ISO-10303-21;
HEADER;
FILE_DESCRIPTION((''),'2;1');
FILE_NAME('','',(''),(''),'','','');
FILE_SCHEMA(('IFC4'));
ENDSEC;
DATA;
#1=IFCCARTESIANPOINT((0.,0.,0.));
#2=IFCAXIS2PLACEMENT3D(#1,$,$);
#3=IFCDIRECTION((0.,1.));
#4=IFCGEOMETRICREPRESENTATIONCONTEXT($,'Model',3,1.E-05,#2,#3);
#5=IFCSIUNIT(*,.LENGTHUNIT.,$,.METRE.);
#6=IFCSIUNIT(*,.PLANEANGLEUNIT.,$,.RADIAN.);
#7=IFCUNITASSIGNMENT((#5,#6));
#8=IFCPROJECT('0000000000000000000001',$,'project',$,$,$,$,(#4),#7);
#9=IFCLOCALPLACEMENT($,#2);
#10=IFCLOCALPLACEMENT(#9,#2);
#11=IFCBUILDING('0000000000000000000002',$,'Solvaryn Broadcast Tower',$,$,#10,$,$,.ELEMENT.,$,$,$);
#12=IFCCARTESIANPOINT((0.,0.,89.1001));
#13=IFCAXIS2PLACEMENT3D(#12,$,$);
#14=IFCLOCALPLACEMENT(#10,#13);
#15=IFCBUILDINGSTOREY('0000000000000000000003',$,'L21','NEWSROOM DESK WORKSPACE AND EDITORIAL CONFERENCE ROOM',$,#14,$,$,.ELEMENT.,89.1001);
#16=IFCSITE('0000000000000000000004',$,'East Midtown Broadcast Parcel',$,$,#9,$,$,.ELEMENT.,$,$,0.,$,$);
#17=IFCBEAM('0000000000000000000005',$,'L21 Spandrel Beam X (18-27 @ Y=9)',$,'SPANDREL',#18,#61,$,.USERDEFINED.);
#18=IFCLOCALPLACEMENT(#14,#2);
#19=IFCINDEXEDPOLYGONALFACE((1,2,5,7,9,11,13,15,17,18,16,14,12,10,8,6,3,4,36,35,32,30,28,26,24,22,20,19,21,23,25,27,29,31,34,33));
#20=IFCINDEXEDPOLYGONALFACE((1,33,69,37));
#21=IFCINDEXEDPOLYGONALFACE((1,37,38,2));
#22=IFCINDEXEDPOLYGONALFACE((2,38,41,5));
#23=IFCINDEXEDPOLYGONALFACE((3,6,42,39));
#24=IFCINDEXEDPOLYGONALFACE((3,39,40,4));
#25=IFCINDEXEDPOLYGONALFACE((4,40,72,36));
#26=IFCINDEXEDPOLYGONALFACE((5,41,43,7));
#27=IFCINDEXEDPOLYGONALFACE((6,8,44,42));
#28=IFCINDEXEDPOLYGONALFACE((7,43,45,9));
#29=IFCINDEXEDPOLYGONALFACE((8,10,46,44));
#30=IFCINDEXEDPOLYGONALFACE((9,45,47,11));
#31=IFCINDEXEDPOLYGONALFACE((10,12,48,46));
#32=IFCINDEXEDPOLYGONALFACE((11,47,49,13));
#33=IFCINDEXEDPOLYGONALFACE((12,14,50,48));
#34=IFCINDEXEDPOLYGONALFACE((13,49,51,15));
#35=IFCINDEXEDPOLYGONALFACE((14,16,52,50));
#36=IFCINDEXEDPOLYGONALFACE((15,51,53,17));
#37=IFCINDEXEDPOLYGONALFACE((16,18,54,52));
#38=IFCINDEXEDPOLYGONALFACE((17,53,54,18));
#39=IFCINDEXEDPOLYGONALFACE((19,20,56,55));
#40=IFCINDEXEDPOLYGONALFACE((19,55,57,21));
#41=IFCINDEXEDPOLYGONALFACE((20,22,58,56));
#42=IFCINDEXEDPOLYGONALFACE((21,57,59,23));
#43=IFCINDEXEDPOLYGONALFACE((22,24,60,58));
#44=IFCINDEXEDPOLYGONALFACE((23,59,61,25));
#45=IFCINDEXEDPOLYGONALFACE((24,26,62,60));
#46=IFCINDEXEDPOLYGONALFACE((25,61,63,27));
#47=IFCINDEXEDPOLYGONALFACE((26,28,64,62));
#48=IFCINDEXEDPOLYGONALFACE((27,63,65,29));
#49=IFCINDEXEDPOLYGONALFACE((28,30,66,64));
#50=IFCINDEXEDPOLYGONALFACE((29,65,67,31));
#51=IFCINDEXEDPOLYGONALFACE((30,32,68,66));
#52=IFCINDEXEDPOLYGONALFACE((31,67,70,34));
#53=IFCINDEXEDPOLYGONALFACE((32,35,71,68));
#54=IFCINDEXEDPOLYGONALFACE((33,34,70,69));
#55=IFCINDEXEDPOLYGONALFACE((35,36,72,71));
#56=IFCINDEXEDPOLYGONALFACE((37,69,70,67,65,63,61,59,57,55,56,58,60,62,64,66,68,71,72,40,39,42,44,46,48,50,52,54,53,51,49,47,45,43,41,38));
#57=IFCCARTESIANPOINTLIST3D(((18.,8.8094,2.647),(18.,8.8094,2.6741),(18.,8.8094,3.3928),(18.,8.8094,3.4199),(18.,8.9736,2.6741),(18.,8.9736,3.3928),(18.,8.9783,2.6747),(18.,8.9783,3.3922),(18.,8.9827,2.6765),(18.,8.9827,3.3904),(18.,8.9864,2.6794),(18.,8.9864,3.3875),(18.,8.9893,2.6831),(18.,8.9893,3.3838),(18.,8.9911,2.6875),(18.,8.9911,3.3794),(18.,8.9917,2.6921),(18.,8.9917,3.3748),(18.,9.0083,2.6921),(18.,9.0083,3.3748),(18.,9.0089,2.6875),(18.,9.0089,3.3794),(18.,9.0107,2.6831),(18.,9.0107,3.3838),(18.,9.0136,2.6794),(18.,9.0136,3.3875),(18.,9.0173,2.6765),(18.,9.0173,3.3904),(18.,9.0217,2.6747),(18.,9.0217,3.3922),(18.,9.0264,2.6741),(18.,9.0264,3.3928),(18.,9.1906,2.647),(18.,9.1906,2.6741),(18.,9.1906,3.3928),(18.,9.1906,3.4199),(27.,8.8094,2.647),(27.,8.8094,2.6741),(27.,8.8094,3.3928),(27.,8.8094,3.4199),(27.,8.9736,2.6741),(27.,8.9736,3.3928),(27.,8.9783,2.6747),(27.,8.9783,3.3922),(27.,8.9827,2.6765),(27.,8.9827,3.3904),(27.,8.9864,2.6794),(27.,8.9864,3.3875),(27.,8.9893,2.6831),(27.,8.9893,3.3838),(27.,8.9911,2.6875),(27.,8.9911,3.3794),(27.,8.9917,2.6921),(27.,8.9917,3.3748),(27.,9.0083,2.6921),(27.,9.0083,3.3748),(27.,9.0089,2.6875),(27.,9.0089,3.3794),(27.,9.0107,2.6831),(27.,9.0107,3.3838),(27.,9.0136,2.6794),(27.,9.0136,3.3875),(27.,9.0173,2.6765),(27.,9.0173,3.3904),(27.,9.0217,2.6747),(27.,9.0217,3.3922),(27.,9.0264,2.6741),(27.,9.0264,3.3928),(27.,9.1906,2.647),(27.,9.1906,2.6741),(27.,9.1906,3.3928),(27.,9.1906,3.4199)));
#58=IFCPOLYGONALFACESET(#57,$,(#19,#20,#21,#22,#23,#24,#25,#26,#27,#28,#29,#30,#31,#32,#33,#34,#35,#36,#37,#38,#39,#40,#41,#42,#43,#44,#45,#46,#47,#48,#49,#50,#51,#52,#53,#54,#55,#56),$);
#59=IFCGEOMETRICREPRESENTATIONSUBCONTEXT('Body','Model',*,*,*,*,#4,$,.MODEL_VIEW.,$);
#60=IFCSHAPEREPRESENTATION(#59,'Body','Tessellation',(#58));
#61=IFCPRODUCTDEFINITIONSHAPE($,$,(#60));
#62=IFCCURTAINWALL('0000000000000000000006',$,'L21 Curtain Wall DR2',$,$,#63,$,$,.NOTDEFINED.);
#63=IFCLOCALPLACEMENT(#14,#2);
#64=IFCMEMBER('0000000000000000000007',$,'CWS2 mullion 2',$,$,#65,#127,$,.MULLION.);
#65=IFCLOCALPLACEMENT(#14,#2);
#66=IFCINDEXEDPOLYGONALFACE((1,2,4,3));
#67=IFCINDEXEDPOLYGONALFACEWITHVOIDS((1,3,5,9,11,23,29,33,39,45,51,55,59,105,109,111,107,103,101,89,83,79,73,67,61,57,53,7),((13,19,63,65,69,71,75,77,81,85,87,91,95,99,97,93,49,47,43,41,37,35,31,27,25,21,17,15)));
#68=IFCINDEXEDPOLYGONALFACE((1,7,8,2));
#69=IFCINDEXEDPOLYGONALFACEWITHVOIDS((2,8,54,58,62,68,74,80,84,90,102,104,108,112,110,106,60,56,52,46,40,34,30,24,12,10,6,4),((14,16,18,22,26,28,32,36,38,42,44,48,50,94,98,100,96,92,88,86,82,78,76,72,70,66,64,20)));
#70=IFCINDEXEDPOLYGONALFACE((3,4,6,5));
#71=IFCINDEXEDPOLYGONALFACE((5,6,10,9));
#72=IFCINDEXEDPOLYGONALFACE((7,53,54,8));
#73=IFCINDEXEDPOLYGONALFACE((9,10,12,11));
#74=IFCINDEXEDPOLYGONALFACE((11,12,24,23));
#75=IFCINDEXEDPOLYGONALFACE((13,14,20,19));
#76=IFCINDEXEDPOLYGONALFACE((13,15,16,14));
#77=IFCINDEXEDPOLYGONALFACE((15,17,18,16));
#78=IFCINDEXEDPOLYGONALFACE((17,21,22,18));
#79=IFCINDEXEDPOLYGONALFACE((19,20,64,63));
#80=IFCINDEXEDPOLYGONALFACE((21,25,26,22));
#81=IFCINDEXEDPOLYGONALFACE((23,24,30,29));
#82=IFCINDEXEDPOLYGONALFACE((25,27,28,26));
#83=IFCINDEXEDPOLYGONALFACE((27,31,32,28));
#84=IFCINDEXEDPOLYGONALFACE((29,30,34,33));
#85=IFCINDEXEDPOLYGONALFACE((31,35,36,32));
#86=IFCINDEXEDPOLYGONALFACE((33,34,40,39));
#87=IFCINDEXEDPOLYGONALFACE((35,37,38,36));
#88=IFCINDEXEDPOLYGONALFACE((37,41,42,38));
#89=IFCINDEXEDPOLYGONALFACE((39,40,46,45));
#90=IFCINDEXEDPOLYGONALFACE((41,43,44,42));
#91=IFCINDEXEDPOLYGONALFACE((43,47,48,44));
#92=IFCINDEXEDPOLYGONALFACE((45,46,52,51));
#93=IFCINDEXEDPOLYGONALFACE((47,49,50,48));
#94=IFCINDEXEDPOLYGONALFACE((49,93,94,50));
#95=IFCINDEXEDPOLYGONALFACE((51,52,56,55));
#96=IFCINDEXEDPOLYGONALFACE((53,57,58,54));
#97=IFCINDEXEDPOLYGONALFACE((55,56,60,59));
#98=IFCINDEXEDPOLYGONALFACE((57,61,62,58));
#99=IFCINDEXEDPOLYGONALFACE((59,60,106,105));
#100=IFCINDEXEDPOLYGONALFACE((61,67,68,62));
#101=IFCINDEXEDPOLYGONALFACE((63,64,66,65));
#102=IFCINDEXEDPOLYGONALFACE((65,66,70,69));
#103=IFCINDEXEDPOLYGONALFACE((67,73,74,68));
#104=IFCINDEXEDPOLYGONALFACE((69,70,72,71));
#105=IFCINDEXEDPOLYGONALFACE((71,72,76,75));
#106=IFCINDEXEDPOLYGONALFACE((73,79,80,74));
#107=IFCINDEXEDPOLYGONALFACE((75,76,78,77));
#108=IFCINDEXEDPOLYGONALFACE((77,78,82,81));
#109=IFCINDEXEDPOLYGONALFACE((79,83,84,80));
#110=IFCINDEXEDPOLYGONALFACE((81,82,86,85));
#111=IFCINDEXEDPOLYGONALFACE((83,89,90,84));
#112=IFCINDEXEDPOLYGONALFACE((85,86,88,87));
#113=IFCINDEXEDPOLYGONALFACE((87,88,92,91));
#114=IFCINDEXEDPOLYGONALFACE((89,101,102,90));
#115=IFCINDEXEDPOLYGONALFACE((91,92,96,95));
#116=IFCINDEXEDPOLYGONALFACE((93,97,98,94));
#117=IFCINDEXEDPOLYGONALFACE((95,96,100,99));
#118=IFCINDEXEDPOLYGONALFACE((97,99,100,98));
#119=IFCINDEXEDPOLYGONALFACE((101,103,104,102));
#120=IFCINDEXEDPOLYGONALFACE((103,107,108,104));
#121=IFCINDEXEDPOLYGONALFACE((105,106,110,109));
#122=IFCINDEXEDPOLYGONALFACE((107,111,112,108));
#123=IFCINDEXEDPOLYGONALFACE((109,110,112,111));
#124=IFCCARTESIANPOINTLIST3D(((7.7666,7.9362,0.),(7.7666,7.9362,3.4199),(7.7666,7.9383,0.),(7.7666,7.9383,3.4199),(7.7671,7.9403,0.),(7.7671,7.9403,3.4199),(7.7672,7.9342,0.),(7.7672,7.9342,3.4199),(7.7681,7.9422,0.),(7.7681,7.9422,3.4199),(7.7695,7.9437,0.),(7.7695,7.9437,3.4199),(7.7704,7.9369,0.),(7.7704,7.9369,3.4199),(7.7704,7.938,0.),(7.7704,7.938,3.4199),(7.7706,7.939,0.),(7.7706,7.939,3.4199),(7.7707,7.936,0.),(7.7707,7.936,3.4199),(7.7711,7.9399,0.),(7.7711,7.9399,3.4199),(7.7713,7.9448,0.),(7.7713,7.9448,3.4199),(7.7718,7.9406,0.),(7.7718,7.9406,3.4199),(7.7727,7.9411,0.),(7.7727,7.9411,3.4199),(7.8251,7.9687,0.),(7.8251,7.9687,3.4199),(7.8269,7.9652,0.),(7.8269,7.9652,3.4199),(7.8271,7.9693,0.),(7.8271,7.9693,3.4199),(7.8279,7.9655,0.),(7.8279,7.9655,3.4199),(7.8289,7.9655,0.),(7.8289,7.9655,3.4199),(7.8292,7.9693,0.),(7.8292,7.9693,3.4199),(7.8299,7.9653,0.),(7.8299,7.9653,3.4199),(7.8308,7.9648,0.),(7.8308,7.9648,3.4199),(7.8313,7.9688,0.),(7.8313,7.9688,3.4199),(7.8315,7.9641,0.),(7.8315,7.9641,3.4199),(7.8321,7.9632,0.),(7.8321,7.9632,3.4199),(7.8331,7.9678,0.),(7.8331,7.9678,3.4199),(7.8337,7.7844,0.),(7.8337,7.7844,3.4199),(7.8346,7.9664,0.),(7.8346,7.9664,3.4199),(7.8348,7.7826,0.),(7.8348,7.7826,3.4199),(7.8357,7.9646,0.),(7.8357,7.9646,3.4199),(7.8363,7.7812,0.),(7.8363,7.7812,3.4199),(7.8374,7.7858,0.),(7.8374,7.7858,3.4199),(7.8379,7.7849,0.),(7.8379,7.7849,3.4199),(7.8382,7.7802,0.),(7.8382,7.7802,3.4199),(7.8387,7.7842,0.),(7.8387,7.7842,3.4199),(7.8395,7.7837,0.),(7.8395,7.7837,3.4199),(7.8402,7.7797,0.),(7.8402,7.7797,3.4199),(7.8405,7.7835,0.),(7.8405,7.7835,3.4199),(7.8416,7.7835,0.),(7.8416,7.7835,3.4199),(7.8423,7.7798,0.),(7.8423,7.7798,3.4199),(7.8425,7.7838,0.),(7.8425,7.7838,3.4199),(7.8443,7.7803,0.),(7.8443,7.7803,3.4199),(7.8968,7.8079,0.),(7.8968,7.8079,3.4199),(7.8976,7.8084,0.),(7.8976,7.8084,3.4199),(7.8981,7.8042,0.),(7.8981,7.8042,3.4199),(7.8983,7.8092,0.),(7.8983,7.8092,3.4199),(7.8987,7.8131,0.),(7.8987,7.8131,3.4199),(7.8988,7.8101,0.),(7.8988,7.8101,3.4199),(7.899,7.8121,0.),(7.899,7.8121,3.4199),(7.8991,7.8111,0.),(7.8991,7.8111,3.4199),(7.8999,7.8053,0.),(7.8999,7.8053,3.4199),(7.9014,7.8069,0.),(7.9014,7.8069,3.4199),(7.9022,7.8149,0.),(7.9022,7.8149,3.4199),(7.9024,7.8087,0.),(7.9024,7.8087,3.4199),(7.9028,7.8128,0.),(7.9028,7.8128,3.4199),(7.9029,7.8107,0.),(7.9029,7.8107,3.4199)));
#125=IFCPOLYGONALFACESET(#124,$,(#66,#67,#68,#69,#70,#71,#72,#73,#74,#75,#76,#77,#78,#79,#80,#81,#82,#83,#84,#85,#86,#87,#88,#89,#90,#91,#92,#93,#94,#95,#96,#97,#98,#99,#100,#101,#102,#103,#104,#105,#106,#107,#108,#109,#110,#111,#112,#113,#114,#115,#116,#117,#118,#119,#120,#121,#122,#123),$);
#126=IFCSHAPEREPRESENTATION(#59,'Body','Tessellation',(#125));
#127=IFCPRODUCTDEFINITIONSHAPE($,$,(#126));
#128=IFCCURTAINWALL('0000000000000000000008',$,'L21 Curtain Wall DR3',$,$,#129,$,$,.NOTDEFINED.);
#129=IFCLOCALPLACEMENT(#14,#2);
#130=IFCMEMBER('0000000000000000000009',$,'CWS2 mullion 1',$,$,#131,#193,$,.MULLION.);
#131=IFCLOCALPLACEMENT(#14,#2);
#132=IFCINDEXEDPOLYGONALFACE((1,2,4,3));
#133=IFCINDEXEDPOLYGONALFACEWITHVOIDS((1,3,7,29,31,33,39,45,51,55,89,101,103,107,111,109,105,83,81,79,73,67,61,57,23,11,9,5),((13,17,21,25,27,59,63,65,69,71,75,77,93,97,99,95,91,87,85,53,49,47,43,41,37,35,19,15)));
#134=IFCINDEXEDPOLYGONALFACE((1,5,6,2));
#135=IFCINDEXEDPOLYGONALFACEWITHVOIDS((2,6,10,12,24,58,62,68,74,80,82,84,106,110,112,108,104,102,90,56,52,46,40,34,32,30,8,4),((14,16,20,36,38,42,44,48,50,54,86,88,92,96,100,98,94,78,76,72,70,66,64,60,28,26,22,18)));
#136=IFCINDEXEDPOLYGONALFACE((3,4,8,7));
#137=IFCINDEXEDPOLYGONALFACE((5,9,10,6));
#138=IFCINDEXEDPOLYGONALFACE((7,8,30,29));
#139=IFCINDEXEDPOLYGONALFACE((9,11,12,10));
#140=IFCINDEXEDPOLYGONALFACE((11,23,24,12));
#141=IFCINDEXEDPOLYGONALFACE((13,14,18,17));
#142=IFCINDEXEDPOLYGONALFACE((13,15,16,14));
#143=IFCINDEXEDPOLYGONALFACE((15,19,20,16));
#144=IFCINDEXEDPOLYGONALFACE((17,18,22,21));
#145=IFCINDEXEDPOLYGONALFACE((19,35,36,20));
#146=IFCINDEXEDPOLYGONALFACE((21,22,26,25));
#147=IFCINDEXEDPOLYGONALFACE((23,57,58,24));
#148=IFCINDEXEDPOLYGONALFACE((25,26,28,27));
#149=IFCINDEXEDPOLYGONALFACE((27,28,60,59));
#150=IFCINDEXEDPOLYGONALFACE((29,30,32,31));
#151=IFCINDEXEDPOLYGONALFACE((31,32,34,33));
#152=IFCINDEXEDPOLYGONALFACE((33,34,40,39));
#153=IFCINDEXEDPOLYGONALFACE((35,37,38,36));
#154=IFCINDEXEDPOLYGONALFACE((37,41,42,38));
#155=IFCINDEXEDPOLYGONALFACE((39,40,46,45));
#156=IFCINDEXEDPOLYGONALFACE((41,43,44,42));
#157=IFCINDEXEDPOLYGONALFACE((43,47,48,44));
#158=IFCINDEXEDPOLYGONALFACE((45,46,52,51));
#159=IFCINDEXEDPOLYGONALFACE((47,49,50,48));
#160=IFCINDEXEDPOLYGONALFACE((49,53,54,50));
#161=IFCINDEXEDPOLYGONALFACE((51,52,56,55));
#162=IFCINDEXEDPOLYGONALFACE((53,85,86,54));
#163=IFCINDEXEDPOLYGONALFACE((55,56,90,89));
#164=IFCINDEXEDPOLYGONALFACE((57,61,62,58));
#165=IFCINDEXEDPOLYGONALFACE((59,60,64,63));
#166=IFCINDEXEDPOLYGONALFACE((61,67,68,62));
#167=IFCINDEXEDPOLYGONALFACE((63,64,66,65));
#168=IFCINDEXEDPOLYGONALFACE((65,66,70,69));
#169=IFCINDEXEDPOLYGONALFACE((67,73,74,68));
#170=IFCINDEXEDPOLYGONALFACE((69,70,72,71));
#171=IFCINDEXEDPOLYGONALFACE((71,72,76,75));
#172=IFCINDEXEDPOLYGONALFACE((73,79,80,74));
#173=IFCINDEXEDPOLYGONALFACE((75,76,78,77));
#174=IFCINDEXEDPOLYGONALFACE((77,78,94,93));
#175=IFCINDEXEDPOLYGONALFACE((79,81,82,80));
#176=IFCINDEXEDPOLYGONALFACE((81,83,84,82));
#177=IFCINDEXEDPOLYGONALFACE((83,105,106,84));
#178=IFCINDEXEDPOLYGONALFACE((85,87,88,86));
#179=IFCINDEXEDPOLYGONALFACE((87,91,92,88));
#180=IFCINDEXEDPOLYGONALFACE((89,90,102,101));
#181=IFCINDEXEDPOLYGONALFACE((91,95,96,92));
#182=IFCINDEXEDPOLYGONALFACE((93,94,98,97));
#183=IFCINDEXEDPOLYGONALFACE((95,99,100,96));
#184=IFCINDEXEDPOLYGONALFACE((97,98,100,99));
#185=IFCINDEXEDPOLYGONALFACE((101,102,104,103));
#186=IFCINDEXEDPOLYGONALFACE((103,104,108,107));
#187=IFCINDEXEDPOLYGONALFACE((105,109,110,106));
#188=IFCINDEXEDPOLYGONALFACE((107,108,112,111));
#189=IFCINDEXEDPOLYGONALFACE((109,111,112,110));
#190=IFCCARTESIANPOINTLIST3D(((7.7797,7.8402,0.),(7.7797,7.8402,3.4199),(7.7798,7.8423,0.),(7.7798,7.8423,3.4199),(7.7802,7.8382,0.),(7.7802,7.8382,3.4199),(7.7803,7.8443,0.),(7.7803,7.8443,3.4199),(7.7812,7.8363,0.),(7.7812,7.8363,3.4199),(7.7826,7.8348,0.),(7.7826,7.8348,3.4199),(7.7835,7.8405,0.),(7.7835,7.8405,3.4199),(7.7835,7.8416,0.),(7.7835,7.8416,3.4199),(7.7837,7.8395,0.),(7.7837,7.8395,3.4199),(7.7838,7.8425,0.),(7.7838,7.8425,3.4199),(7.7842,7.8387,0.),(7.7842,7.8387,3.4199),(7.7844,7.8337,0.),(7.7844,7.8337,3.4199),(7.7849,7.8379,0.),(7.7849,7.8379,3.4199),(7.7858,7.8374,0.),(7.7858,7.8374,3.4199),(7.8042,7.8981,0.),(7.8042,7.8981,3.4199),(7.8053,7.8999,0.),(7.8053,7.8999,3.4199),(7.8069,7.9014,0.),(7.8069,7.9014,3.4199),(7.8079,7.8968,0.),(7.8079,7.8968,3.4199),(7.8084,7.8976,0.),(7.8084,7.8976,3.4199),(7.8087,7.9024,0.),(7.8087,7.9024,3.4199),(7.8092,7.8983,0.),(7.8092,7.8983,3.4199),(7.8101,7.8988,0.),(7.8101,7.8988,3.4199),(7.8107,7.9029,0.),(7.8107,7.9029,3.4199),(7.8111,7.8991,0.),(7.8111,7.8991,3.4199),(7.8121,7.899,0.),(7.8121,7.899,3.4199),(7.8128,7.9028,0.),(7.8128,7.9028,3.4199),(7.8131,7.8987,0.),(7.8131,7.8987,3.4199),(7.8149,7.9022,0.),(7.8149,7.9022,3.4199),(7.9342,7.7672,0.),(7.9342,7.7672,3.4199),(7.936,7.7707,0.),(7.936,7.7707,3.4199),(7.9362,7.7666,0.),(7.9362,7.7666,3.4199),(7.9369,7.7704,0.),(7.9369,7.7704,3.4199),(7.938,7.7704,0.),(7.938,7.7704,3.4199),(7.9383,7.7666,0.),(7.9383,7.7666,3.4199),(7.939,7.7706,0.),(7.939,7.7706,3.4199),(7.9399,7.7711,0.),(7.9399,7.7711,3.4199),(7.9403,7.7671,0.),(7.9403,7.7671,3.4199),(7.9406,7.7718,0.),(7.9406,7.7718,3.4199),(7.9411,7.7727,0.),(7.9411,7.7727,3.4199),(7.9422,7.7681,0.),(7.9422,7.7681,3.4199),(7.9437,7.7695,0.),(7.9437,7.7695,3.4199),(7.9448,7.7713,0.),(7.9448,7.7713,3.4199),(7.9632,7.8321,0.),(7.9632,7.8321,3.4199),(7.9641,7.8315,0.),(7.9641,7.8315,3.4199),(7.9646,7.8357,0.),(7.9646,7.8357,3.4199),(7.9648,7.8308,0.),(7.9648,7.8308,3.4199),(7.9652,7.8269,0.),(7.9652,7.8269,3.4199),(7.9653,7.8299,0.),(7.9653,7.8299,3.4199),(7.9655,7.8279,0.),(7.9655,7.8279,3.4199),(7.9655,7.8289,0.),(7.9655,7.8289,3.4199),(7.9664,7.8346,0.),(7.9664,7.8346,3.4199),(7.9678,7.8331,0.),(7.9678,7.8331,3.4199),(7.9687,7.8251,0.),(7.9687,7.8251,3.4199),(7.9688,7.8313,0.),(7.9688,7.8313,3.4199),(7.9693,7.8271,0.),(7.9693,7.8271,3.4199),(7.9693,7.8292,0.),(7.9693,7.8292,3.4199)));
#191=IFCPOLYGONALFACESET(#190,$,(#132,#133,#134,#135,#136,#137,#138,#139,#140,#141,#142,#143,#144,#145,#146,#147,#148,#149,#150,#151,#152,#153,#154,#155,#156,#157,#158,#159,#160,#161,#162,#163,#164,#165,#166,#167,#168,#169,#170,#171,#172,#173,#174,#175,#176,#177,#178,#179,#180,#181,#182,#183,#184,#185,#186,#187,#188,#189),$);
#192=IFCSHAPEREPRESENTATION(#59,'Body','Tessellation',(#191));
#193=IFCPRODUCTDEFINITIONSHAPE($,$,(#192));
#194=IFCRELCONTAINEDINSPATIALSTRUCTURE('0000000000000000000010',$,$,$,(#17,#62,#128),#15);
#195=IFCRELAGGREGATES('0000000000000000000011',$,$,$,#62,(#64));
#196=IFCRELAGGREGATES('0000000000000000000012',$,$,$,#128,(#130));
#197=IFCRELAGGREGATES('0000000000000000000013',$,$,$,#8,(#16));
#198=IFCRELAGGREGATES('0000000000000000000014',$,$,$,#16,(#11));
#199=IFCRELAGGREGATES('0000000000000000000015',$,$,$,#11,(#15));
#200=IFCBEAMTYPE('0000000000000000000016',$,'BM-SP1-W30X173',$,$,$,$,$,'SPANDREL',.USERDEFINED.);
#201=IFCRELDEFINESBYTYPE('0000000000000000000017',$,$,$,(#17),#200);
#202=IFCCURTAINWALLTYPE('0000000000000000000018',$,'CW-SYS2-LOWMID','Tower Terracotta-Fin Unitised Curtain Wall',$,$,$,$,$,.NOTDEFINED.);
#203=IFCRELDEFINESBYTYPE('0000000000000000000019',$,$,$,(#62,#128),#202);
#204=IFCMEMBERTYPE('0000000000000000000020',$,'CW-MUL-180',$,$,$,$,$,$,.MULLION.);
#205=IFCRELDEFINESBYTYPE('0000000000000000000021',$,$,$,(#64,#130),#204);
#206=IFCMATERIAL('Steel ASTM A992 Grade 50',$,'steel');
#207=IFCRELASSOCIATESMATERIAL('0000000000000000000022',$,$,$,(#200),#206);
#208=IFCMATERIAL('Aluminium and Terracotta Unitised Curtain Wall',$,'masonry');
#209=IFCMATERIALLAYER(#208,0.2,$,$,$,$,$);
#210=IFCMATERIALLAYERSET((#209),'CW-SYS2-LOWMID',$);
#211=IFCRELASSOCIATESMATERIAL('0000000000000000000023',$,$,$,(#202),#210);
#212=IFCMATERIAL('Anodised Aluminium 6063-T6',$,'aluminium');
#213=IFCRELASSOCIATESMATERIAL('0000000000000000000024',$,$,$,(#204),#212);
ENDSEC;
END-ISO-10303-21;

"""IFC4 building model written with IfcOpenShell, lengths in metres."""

from ifc_helpers import new_model, si_unit, direction, frame, origin, origin_2d, place, context, subcontext, project, spatial, hollow_rectangle, i_section, extrude, material, layer, layer_set, material_profile, profile_set, type_object, element, aggregate, save


model = new_model("IFC4")

# Units and contexts
model_context = context("Model", 3, precision=1e-05, world=origin(), true_north=direction((0.0, 1.0)))
body_context = subcontext(model_context, "Body", "Model", "MODEL_VIEW")
ifc_project = project(units=[si_unit("LENGTHUNIT", "METRE"), si_unit("PLANEANGLEUNIT", "RADIAN")], contexts=[model_context])

# Site, building, storey
site_placement = place(None, origin())
site = spatial("IfcSite", under=ifc_project, at=site_placement, Name="East Midtown Broadcast Parcel", CompositionType="ELEMENT", RefElevation=0.0)
building_placement = place(site_placement, origin())
building = spatial("IfcBuilding", under=site, at=building_placement, Name="Solvaryn Broadcast Tower", CompositionType="ELEMENT")
storey_placement = place(building_placement, frame((0.0, 0.0, 89.1001)))
storey = spatial("IfcBuildingStorey", under=building, at=storey_placement, Name="L21", Description="NEWSROOM DESK WORKSPACE AND EDITORIAL CONFERENCE ROOM", CompositionType="ELEMENT", Elevation=89.1001)

# Beam
ifc_material_1 = material(Name="Steel ASTM A992 Grade 50", Category="steel")
ifc_material_profile_1 = material_profile(ifc_material_1, i_section(OverallWidth=0.3811, OverallDepth=0.7729, WebThickness=0.0166, FlangeThickness=0.0271, FilletRadius=0.0181, at=origin_2d()))
ifc_profile_set_1 = profile_set([ifc_material_profile_1], Name="Steel ASTM A992 Grade 50")
beam_type_1 = type_object("IfcBeamType", Name="BM-SP1-W30X173", ElementType="SPANDREL", PredefinedType="USERDEFINED", material=ifc_profile_set_1)
beam_1_placement = place(storey_placement, frame((18.0, 9.0, 3.0334), z_axis=(1.0, 0.0, 0.0), x_axis=(0.0, 1.0, 0.0)))
element("IfcBeam", 1, at=beam_1_placement, inside=storey, type_object=beam_type_1, Name="L21 Spandrel Beam X (18-27 @ Y=9)", ObjectType="SPANDREL", PredefinedType="USERDEFINED", context=body_context, shape_type="SweptSolid", body=[
    extrude(i_section(OverallWidth=0.3811, OverallDepth=0.7729, WebThickness=0.0166, FlangeThickness=0.0271, FilletRadius=0.0181, at=origin_2d()), origin(), (0.0, 0.0, 1.0), 9.0),
])

# Curtain wall, member
ifc_material_2 = material(Name="Aluminium and Terracotta Unitised Curtain Wall", Category="masonry")
ifc_layer_1 = layer(ifc_material_2, 0.2)
ifc_layer_set_1 = layer_set([ifc_layer_1], Name="CW-SYS2-LOWMID")
curtain_wall_type = type_object("IfcCurtainWallType", Name="CW-SYS2-LOWMID", Description="Tower Terracotta-Fin Unitised Curtain Wall", PredefinedType="NOTDEFINED", material=ifc_layer_set_1)
curtain_wall_1_placement = place(storey_placement, origin())
curtain_wall_1 = element("IfcCurtainWall", 2, at=curtain_wall_1_placement, inside=storey, type_object=curtain_wall_type, Name="L21 Curtain Wall DR2", PredefinedType="NOTDEFINED")
ifc_material_3 = material(Name="Anodised Aluminium 6063-T6", Category="aluminium")
ifc_material_profile_2 = material_profile(ifc_material_3, hollow_rectangle(XDim=0.075, YDim=0.1799, WallThickness=0.0039, InnerFilletRadius=0.0039, OuterFilletRadius=0.0081, at=origin_2d()))
ifc_profile_set_2 = profile_set([ifc_material_profile_2], Name="Anodised Aluminium 6063-T6")
member_type_1 = type_object("IfcMemberType", Name="CW-MUL-180", PredefinedType="MULLION", material=ifc_profile_set_2)
member_1_placement = place(storey_placement, frame((7.8347, 7.8745, 0.0), z_axis=(0.0, 0.0, 1.0), x_axis=(0.913918, 0.405898, 0.0)))
member_1 = element("IfcMember", 3, at=member_1_placement, type_object=member_type_1, Name="CWS2 mullion 2", PredefinedType="MULLION", context=body_context, shape_type="SweptSolid", body=[
    extrude(hollow_rectangle(XDim=0.075, YDim=0.1799, WallThickness=0.0039, InnerFilletRadius=0.0039, OuterFilletRadius=0.0081, at=origin_2d()), origin(), (0.0, 0.0, 1.0), 3.4199),
])
aggregate(curtain_wall_1, [member_1])

# Curtain wall, member
curtain_wall_2_placement = place(storey_placement, origin())
curtain_wall_2 = element("IfcCurtainWall", 4, at=curtain_wall_2_placement, inside=storey, type_object=curtain_wall_type, Name="L21 Curtain Wall DR3", PredefinedType="NOTDEFINED")
member_2_placement = place(storey_placement, frame((7.8745, 7.8347, 0.0), z_axis=(0.0, 0.0, 1.0), x_axis=(0.405898, 0.913918, 0.0)))
member_2 = element("IfcMember", 5, at=member_2_placement, type_object=member_type_1, Name="CWS2 mullion 1", PredefinedType="MULLION", context=body_context, shape_type="SweptSolid", body=[
    extrude(hollow_rectangle(XDim=0.075, YDim=0.1799, WallThickness=0.0039, InnerFilletRadius=0.0039, OuterFilletRadius=0.0081, at=origin_2d()), origin(), (0.0, 0.0, 1.0), 3.4199),
])
aggregate(curtain_wall_2, [member_2])

save(model, "model.ifc")
